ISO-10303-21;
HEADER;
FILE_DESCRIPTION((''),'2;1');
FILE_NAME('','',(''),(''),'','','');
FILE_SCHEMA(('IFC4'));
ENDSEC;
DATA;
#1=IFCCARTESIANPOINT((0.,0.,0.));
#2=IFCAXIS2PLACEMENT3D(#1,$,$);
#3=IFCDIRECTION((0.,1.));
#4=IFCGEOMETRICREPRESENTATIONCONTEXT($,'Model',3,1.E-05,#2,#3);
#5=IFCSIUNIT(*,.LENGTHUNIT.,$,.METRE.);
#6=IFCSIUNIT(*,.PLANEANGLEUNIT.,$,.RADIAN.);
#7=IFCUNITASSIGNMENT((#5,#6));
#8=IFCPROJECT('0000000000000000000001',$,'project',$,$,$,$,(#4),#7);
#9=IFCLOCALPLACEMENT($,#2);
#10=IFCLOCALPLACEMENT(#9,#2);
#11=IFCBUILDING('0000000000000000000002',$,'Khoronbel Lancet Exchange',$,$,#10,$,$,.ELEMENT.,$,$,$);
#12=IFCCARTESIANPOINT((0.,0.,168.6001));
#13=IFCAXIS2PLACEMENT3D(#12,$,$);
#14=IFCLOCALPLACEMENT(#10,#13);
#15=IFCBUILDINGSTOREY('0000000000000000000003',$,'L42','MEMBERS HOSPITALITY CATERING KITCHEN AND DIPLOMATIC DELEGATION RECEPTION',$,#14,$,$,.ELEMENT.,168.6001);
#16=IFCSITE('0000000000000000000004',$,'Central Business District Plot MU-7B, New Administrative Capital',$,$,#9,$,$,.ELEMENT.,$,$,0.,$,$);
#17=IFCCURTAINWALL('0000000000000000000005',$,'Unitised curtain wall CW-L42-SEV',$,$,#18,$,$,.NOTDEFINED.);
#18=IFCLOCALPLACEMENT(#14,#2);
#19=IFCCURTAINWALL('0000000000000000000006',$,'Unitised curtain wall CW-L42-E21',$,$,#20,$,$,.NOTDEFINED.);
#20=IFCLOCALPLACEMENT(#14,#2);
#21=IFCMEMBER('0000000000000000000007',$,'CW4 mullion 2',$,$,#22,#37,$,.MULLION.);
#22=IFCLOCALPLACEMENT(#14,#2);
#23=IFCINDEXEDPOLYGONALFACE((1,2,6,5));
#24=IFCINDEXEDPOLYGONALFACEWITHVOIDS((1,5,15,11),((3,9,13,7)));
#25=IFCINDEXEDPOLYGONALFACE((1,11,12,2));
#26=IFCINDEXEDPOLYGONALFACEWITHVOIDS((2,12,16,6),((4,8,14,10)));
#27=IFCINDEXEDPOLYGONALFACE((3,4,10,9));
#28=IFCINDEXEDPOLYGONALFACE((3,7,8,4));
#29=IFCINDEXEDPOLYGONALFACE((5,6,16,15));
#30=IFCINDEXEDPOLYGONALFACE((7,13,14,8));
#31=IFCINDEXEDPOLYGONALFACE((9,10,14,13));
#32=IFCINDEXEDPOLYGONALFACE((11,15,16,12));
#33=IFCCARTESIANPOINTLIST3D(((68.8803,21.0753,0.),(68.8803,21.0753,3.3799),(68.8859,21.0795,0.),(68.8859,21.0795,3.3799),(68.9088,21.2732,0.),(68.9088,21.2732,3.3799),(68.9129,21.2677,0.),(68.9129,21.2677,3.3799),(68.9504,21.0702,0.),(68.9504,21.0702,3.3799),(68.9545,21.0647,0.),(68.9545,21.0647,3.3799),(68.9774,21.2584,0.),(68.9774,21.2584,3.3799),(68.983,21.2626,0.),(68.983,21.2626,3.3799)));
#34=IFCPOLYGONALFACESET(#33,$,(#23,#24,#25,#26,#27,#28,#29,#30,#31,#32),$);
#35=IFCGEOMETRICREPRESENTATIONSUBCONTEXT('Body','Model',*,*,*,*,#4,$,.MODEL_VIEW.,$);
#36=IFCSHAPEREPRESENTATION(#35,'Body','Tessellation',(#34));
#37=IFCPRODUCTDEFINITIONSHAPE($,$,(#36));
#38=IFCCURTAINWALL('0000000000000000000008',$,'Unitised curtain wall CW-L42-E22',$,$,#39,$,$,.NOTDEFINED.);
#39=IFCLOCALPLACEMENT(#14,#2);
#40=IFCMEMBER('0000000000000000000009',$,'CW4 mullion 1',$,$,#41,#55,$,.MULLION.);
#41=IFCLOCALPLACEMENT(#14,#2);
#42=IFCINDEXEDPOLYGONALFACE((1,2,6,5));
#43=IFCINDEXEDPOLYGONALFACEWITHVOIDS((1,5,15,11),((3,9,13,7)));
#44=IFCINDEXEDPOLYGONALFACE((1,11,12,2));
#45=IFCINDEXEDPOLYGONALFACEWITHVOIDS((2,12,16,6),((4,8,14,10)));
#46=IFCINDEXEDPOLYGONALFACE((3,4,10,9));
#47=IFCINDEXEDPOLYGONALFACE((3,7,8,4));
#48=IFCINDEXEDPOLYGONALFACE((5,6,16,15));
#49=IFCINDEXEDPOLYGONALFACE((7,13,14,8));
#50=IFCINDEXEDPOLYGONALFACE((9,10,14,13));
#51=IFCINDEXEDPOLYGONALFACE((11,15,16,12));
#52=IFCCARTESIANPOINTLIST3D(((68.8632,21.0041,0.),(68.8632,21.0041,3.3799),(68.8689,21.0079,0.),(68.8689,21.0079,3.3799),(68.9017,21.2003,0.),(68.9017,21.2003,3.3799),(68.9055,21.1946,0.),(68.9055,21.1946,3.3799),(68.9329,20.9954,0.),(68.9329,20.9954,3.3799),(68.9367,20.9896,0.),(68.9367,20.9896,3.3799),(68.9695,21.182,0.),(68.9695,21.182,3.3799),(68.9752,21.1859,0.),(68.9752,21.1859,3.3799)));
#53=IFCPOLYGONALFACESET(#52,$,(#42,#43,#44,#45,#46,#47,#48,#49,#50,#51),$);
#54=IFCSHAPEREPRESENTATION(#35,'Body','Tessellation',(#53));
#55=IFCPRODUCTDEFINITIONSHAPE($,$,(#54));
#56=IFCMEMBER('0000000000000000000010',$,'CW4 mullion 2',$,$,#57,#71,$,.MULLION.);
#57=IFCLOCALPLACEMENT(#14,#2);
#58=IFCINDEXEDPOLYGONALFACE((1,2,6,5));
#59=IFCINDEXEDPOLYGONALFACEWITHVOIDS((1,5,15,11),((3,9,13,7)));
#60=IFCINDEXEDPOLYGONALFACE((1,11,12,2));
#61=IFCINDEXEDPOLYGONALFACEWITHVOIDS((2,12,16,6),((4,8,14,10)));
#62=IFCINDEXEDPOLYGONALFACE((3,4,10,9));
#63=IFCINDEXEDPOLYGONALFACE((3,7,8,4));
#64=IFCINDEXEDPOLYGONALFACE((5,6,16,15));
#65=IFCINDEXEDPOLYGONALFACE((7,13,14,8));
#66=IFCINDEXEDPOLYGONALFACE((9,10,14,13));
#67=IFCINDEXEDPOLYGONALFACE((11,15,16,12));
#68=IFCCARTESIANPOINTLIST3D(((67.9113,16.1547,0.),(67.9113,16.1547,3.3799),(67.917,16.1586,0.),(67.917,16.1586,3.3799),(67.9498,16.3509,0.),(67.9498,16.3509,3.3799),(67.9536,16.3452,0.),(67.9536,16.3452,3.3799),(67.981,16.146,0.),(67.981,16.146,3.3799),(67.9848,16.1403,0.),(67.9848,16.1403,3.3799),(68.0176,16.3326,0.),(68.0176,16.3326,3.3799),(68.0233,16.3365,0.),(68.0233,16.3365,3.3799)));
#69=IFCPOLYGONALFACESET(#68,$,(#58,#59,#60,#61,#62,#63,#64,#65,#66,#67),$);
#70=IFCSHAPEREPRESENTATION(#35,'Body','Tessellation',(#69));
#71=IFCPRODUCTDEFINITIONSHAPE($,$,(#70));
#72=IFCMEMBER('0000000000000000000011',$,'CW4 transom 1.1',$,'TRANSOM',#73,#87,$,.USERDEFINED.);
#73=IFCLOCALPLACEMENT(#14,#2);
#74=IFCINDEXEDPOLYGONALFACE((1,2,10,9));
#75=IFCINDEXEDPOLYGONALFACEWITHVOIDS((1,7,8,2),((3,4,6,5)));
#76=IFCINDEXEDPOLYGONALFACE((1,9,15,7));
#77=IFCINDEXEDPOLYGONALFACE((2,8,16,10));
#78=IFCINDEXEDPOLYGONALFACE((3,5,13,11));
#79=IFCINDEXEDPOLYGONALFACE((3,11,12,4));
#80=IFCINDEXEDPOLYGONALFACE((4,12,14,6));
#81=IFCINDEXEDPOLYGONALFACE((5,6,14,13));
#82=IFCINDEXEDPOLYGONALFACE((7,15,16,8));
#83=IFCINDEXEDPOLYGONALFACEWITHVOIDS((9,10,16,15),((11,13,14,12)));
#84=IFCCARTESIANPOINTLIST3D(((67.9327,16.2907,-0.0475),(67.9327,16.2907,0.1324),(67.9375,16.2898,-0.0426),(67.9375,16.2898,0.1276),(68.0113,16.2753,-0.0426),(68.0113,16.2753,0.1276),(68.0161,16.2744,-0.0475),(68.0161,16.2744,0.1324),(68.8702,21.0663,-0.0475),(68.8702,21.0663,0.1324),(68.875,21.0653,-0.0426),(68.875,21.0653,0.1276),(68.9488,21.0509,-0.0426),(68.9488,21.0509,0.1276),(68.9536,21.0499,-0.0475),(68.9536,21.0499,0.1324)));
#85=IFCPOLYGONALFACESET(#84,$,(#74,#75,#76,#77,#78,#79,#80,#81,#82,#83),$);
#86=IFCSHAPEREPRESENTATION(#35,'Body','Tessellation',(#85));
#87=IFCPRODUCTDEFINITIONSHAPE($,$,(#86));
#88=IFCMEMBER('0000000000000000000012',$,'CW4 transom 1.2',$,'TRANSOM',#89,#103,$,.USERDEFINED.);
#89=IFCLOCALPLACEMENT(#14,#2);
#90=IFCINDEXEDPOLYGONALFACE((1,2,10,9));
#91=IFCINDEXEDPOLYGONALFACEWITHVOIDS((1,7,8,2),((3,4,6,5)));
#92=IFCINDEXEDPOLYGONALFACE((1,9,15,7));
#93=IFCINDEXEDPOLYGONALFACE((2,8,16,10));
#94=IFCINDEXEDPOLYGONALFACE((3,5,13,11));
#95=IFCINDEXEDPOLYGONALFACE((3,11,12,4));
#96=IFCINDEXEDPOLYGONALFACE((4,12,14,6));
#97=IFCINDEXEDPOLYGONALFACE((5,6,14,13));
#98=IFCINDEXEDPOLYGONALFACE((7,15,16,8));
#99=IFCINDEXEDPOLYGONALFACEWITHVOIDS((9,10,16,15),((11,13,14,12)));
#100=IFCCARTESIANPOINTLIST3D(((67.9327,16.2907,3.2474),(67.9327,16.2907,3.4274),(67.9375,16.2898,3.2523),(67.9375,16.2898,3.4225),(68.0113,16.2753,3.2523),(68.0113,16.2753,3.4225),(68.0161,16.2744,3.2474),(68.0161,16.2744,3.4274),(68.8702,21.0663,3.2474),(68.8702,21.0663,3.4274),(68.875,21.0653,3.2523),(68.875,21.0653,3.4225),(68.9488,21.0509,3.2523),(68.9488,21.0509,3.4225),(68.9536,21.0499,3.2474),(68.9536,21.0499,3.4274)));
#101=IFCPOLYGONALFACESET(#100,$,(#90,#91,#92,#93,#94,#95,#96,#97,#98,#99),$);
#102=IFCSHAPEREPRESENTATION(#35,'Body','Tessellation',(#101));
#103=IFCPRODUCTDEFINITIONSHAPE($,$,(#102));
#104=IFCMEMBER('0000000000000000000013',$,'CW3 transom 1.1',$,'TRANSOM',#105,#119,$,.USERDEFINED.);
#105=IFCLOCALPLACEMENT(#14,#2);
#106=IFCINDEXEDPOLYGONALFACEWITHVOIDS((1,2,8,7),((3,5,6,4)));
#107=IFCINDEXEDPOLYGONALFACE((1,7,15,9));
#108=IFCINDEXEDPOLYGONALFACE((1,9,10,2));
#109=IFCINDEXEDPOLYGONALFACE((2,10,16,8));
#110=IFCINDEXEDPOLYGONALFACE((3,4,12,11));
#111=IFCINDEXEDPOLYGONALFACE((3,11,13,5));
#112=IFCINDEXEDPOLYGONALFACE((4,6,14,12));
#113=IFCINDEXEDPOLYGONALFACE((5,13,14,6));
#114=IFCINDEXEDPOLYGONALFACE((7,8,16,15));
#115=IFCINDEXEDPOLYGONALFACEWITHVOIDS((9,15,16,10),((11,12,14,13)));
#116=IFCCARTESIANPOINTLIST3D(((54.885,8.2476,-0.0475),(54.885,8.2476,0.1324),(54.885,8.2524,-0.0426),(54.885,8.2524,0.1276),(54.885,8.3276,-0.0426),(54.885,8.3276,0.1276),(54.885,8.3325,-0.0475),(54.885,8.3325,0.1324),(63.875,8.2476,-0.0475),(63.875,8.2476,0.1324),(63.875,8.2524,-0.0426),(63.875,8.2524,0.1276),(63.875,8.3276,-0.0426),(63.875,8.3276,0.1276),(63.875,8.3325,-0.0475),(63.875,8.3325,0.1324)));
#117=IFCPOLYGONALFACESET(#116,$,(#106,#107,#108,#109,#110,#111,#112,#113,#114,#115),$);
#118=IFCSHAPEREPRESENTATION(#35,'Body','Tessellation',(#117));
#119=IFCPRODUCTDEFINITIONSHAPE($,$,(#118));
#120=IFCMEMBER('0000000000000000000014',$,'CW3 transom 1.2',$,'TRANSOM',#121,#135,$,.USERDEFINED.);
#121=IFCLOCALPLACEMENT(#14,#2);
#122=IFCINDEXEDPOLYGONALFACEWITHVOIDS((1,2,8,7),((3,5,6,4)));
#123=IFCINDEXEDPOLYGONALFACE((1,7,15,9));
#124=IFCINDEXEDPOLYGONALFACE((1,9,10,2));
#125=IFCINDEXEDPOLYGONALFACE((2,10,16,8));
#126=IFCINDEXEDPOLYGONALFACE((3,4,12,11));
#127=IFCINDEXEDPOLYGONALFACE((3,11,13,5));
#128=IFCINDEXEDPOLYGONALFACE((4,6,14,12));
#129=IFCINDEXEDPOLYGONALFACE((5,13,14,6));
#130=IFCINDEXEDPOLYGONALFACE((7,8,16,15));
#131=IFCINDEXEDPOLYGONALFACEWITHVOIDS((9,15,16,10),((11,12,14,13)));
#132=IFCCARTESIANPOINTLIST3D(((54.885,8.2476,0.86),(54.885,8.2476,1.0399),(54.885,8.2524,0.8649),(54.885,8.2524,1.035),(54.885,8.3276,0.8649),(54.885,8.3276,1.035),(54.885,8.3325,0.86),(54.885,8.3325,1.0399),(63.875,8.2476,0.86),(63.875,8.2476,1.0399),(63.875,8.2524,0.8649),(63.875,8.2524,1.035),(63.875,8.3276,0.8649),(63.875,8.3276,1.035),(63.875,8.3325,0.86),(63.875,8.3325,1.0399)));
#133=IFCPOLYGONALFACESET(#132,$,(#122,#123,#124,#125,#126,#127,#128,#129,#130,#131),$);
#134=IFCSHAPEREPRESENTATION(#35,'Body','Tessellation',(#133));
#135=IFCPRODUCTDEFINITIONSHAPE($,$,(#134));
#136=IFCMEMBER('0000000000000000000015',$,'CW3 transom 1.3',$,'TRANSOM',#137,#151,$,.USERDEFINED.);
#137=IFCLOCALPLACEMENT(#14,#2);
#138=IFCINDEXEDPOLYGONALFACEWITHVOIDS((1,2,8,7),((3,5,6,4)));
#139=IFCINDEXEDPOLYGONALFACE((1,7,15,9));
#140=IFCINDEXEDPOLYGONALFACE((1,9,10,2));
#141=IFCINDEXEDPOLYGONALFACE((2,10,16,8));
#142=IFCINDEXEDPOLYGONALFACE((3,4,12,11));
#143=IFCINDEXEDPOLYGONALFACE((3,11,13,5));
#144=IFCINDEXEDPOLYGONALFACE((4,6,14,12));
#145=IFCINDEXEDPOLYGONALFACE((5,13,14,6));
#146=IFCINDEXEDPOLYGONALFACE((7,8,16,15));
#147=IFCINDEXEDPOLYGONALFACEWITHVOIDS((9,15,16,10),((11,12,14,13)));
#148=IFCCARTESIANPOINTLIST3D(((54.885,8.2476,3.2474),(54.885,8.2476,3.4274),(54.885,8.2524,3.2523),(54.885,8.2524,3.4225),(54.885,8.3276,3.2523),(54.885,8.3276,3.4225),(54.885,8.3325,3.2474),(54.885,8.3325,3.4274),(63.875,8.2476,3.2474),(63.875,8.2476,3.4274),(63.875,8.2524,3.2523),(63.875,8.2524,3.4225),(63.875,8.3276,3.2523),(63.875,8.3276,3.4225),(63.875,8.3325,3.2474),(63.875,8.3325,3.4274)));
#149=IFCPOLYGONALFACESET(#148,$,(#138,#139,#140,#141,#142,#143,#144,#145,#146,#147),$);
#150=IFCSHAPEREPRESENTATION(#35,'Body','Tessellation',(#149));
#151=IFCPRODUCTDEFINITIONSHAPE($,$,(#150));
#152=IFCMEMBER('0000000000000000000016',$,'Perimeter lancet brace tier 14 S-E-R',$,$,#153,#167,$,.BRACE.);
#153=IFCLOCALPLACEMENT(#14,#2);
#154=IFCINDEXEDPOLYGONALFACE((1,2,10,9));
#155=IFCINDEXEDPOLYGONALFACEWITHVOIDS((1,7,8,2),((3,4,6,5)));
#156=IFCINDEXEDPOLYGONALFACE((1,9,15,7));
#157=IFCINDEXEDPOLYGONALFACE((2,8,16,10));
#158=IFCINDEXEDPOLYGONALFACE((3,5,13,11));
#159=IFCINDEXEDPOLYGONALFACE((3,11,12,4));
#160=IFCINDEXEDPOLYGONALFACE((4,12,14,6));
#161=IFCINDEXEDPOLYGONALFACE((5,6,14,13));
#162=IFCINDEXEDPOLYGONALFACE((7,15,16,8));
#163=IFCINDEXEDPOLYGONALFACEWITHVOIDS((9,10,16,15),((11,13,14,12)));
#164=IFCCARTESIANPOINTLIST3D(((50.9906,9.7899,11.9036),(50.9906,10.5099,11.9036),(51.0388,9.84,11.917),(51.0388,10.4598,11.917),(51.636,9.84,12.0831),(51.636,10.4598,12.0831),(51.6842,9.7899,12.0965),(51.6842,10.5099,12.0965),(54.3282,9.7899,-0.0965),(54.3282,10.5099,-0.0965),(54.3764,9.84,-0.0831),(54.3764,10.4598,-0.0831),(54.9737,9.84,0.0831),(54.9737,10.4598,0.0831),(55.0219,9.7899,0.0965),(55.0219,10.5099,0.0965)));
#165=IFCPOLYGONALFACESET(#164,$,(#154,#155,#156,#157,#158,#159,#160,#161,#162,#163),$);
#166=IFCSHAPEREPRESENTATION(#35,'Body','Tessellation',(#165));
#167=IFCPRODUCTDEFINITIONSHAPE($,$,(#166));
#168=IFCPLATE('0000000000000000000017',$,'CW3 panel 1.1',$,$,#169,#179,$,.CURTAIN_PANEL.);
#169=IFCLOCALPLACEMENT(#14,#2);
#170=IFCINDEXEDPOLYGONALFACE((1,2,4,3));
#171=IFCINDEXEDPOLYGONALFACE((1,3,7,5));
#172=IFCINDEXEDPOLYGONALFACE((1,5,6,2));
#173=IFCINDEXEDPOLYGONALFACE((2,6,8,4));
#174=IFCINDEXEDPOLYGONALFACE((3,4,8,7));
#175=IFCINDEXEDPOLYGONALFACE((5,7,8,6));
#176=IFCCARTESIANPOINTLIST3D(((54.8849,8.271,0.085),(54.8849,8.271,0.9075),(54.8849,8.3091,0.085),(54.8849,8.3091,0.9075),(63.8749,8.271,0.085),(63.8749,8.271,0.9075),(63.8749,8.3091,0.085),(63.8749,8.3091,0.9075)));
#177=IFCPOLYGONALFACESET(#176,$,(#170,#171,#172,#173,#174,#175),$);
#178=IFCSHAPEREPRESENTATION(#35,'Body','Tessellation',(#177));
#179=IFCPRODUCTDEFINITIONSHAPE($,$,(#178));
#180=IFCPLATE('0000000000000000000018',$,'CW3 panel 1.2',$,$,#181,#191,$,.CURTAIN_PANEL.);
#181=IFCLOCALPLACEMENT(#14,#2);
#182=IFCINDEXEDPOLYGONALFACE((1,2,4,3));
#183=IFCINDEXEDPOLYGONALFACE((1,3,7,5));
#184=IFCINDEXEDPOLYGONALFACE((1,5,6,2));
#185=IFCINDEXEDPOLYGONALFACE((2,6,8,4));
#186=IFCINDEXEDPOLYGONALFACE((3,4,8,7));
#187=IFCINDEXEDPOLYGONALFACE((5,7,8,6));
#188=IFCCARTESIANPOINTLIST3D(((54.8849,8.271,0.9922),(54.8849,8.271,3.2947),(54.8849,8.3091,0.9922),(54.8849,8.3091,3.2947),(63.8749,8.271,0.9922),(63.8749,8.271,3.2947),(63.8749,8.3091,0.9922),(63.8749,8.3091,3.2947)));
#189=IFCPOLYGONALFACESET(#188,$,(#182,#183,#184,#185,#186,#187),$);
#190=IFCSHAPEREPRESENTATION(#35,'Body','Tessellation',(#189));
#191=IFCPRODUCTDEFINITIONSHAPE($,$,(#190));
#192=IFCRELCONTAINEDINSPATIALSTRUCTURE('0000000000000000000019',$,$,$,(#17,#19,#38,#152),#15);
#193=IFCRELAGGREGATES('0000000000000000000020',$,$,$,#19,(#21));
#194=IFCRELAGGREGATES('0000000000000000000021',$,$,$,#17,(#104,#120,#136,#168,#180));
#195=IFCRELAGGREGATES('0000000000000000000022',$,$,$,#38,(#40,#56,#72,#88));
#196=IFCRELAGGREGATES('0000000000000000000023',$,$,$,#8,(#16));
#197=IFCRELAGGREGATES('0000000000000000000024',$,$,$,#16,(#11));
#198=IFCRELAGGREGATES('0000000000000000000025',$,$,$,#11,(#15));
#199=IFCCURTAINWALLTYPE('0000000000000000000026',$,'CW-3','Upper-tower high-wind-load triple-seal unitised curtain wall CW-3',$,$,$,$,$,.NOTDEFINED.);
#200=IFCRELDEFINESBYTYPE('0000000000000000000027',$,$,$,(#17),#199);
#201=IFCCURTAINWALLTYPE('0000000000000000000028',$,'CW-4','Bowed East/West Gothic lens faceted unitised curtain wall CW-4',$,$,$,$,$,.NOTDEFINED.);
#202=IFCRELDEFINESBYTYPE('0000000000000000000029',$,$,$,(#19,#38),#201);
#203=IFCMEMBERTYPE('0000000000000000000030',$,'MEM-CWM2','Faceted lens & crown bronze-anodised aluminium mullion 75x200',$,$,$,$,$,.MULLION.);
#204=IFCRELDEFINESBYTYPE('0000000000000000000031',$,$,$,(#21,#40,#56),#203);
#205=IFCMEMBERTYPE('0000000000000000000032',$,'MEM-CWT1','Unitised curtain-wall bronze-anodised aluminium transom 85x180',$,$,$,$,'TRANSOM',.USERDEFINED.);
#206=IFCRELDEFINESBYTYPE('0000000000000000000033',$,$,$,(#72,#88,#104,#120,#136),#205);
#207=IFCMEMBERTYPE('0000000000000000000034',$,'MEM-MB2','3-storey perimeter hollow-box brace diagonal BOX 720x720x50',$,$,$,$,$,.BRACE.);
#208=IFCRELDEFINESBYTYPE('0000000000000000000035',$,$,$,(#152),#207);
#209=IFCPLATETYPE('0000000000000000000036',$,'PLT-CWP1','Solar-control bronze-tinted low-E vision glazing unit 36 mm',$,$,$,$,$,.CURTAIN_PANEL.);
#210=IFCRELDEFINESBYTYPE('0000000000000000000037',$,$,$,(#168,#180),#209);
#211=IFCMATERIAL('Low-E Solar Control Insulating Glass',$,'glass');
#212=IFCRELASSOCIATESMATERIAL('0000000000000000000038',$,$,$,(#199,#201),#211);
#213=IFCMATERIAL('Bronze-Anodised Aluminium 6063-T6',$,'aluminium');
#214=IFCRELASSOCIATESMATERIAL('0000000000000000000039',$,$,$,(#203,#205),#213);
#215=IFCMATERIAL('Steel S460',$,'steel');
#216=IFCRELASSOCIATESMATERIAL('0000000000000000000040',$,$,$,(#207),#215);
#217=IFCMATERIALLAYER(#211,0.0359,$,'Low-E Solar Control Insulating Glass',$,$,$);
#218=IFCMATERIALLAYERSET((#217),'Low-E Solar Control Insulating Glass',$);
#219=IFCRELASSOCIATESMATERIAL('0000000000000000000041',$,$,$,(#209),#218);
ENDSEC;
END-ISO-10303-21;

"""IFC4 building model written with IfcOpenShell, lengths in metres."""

from ifc_helpers import new_model, si_unit, direction, frame, origin, origin_2d, place, context, subcontext, project, spatial, rectangle, hollow_rectangle, extrude, material, layer, layer_set, material_profile, profile_set, type_object, element, aggregate, save


model = new_model("IFC4")

# Units and contexts
model_context = context("Model", 3, precision=1e-05, world=origin(), true_north=direction((0.0, 1.0)))
body_context = subcontext(model_context, "Body", "Model", "MODEL_VIEW")
ifc_project = project(units=[si_unit("LENGTHUNIT", "METRE"), si_unit("PLANEANGLEUNIT", "RADIAN")], contexts=[model_context])

# Site, building, storey
site_placement = place(None, origin())
site = spatial("IfcSite", under=ifc_project, at=site_placement, Name="Central Business District Plot MU-7B, New Administrative Capital", CompositionType="ELEMENT", RefElevation=0.0)
building_placement = place(site_placement, origin())
building = spatial("IfcBuilding", under=site, at=building_placement, Name="Khoronbel Lancet Exchange", CompositionType="ELEMENT")
storey_placement = place(building_placement, frame((0.0, 0.0, 168.6001)))
storey = spatial("IfcBuildingStorey", under=building, at=storey_placement, Name="L42", Description="MEMBERS HOSPITALITY CATERING KITCHEN AND DIPLOMATIC DELEGATION RECEPTION", CompositionType="ELEMENT", Elevation=168.6001)

# Shared definitions
ifc_material_1 = material(Name="Steel S460", Category="steel")

# Shared definitions
ifc_material_2 = material(Name="Low-E Solar Control Insulating Glass", Category="glass")
curtain_wall_type_1 = type_object("IfcCurtainWallType", Name="CW-3", Description="Upper-tower high-wind-load triple-seal unitised curtain wall CW-3", PredefinedType="NOTDEFINED", material=ifc_material_2)
ifc_material_3 = material(Name="Bronze-Anodised Aluminium 6063-T6", Category="aluminium")

# Curtain wall
curtain_wall_1_placement = place(storey_placement, origin())
curtain_wall_1 = element("IfcCurtainWall", 1, at=curtain_wall_1_placement, inside=storey, type_object=curtain_wall_type_1, Name="Unitised curtain wall CW-L42-SEV", PredefinedType="NOTDEFINED")

# Curtain wall, member
curtain_wall_type_2 = type_object("IfcCurtainWallType", Name="CW-4", Description="Bowed East/West Gothic lens faceted unitised curtain wall CW-4", PredefinedType="NOTDEFINED", material=ifc_material_2)
curtain_wall_2_placement = place(storey_placement, origin())
curtain_wall_2 = element("IfcCurtainWall", 2, at=curtain_wall_2_placement, inside=storey, type_object=curtain_wall_type_2, Name="Unitised curtain wall CW-L42-E21", PredefinedType="NOTDEFINED")
ifc_material_profile_1 = material_profile(ifc_material_3, hollow_rectangle(XDim=0.075, YDim=0.2, WallThickness=0.0049, at=origin_2d()), Name="ALU MULLION 75x200")
ifc_profile_set_1 = profile_set([ifc_material_profile_1], Name="Bronze-Anodised Aluminium 6063-T6")
member_type_1 = type_object("IfcMemberType", Name="MEM-CWM2", Description="Faceted lens & crown bronze-anodised aluminium mullion 75x200", PredefinedType="MULLION", material=ifc_profile_set_1)
member_1_placement = place(storey_placement, frame((68.9316, 21.1689, 0.0), z_axis=(0.0, 0.0, 1.0), x_axis=(0.98983, -0.142257, 0.0)))
member_1 = element("IfcMember", 3, at=member_1_placement, type_object=member_type_1, Name="CW4 mullion 2", PredefinedType="MULLION", context=body_context, shape_type="SweptSolid", body=[
    extrude(hollow_rectangle(XDim=0.075, YDim=0.2, WallThickness=0.0049, at=origin_2d()), origin(), (0.0, 0.0, 1.0), 3.3799),
])
aggregate(curtain_wall_2, [member_1])

# Curtain wall, members
curtain_wall_3_placement = place(storey_placement, origin())
curtain_wall_3 = element("IfcCurtainWall", 4, at=curtain_wall_3_placement, inside=storey, type_object=curtain_wall_type_2, Name="Unitised curtain wall CW-L42-E22", PredefinedType="NOTDEFINED")
member_2_placement = place(storey_placement, frame((68.9192, 21.095, 0.0), z_axis=(0.0, 0.0, 1.0), x_axis=(0.981272, -0.192627, 0.0)))
member_2 = element("IfcMember", 5, at=member_2_placement, type_object=member_type_1, Name="CW4 mullion 1", PredefinedType="MULLION", context=body_context, shape_type="SweptSolid", body=[
    extrude(hollow_rectangle(XDim=0.075, YDim=0.2, WallThickness=0.0049, at=origin_2d()), origin(), (0.0, 0.0, 1.0), 3.3799),
])
member_3_placement = place(storey_placement, frame((67.9673, 16.2456, 0.0), z_axis=(0.0, 0.0, 1.0), x_axis=(0.981272, -0.192627, 0.0)))
member_3 = element("IfcMember", 6, at=member_3_placement, type_object=member_type_1, Name="CW4 mullion 2", PredefinedType="MULLION", context=body_context, shape_type="SweptSolid", body=[
    extrude(hollow_rectangle(XDim=0.075, YDim=0.2, WallThickness=0.0049, at=origin_2d()), origin(), (0.0, 0.0, 1.0), 3.3799),
])
ifc_material_profile_2 = material_profile(ifc_material_3, hollow_rectangle(XDim=0.085, YDim=0.1799, WallThickness=0.0049, at=origin_2d()), Name="ALU TRANSOM 85x180")
ifc_profile_set_2 = profile_set([ifc_material_profile_2], Name="Bronze-Anodised Aluminium 6063-T6")
member_type_2 = type_object("IfcMemberType", Name="MEM-CWT1", Description="Unitised curtain-wall bronze-anodised aluminium transom 85x180", ElementType="TRANSOM", PredefinedType="USERDEFINED", material=ifc_profile_set_2)
member_4_placement = place(storey_placement, frame((68.9119, 21.0581, 0.0425), z_axis=(-0.192632, -0.981271, 0.0), x_axis=(0.981271, -0.192632, 0.0)))
member_4 = element("IfcMember", 7, at=member_4_placement, type_object=member_type_2, Name="CW4 transom 1.1", ObjectType="TRANSOM", PredefinedType="USERDEFINED", context=body_context, shape_type="SweptSolid", body=[
    extrude(hollow_rectangle(XDim=0.085, YDim=0.1799, WallThickness=0.0049, at=origin_2d()), origin(), (0.0, 0.0, 1.0), 4.8667),
])
member_5_placement = place(storey_placement, frame((68.9119, 21.0581, 3.3374), z_axis=(-0.192632, -0.981271, 0.0), x_axis=(0.981271, -0.192632, 0.0)))
member_5 = element("IfcMember", 8, at=member_5_placement, type_object=member_type_2, Name="CW4 transom 1.2", ObjectType="TRANSOM", PredefinedType="USERDEFINED", context=body_context, shape_type="SweptSolid", body=[
    extrude(hollow_rectangle(XDim=0.085, YDim=0.1799, WallThickness=0.0049, at=origin_2d()), origin(), (0.0, 0.0, 1.0), 4.8667),
])

# Members
member_6_placement = place(storey_placement, frame((54.885, 8.29, 0.0425), z_axis=(1.0, 0.0, 0.0), x_axis=(0.0, 1.0, 0.0)))
member_6 = element("IfcMember", 9, at=member_6_placement, type_object=member_type_2, Name="CW3 transom 1.1", ObjectType="TRANSOM", PredefinedType="USERDEFINED", context=body_context, shape_type="SweptSolid", body=[
    extrude(hollow_rectangle(XDim=0.085, YDim=0.1799, WallThickness=0.0049, at=origin_2d()), origin(), (0.0, 0.0, 1.0), 8.99),
])
member_7_placement = place(storey_placement, frame((54.885, 8.29, 0.95), z_axis=(1.0, 0.0, 0.0), x_axis=(0.0, 1.0, 0.0)))
member_7 = element("IfcMember", 10, at=member_7_placement, type_object=member_type_2, Name="CW3 transom 1.2", ObjectType="TRANSOM", PredefinedType="USERDEFINED", context=body_context, shape_type="SweptSolid", body=[
    extrude(hollow_rectangle(XDim=0.085, YDim=0.1799, WallThickness=0.0049, at=origin_2d()), origin(), (0.0, 0.0, 1.0), 8.99),
])
member_8_placement = place(storey_placement, frame((54.885, 8.29, 3.3374), z_axis=(1.0, 0.0, 0.0), x_axis=(0.0, 1.0, 0.0)))
member_8 = element("IfcMember", 11, at=member_8_placement, type_object=member_type_2, Name="CW3 transom 1.3", ObjectType="TRANSOM", PredefinedType="USERDEFINED", context=body_context, shape_type="SweptSolid", body=[
    extrude(hollow_rectangle(XDim=0.085, YDim=0.1799, WallThickness=0.0049, at=origin_2d()), origin(), (0.0, 0.0, 1.0), 8.99),
])
ifc_material_profile_3 = material_profile(ifc_material_1, hollow_rectangle(XDim=0.72, YDim=0.72, WallThickness=0.05, at=origin_2d()), Name="BOX 720x720x50")
ifc_profile_set_3 = profile_set([ifc_material_profile_3], Name="Steel S460")
member_type_3 = type_object("IfcMemberType", Name="MEM-MB2", Description="3-storey perimeter hollow-box brace diagonal BOX 720x720x50", PredefinedType="BRACE", material=ifc_profile_set_3)
member_9_placement = place(storey_placement, frame((54.675, 10.1499, 0.0), z_axis=(-0.267965, 0.0, 0.963429), x_axis=(0.0, -1.0, 0.0)))
element("IfcMember", 12, at=member_9_placement, inside=storey, type_object=member_type_3, Name="Perimeter lancet brace tier 14 S-E-R", PredefinedType="BRACE", context=body_context, shape_type="SweptSolid", body=[
    extrude(hollow_rectangle(XDim=0.72, YDim=0.72, WallThickness=0.05, at=origin_2d()), origin(), (0.0, 0.0, 1.0), 12.4556),
])

# Plates
ifc_layer_1 = layer(ifc_material_2, 0.0359, Name="Low-E Solar Control Insulating Glass")
ifc_layer_set_1 = layer_set([ifc_layer_1], Name="Low-E Solar Control Insulating Glass")
plate_type_1 = type_object("IfcPlateType", Name="PLT-CWP1", Description="Solar-control bronze-tinted low-E vision glazing unit 36 mm", PredefinedType="CURTAIN_PANEL", material=ifc_layer_set_1)
plate_1_placement = place(storey_placement, frame((59.3799, 8.29, 0.085), z_axis=(0.0, 0.0, 1.0), x_axis=(1.0, 0.0, 0.0)))
plate_1 = element("IfcPlate", 13, at=plate_1_placement, type_object=plate_type_1, Name="CW3 panel 1.1", PredefinedType="CURTAIN_PANEL", context=body_context, shape_type="SweptSolid", body=[
    extrude(rectangle(XDim=8.99, YDim=0.0381, at=origin_2d()), origin(), (0.0, 0.0, 1.0), 0.8225),
])
plate_2_placement = place(storey_placement, frame((59.3799, 8.29, 0.9922), z_axis=(0.0, 0.0, 1.0), x_axis=(1.0, 0.0, 0.0)))
plate_2 = element("IfcPlate", 14, at=plate_2_placement, type_object=plate_type_1, Name="CW3 panel 1.2", PredefinedType="CURTAIN_PANEL", context=body_context, shape_type="SweptSolid", body=[
    extrude(rectangle(XDim=8.99, YDim=0.0381, at=origin_2d()), origin(), (0.0, 0.0, 1.0), 2.3025),
])
aggregate(curtain_wall_1, [member_6, member_7, member_8, plate_1, plate_2])
aggregate(curtain_wall_3, [member_2, member_3, member_4, member_5])

save(model, "model.ifc")
